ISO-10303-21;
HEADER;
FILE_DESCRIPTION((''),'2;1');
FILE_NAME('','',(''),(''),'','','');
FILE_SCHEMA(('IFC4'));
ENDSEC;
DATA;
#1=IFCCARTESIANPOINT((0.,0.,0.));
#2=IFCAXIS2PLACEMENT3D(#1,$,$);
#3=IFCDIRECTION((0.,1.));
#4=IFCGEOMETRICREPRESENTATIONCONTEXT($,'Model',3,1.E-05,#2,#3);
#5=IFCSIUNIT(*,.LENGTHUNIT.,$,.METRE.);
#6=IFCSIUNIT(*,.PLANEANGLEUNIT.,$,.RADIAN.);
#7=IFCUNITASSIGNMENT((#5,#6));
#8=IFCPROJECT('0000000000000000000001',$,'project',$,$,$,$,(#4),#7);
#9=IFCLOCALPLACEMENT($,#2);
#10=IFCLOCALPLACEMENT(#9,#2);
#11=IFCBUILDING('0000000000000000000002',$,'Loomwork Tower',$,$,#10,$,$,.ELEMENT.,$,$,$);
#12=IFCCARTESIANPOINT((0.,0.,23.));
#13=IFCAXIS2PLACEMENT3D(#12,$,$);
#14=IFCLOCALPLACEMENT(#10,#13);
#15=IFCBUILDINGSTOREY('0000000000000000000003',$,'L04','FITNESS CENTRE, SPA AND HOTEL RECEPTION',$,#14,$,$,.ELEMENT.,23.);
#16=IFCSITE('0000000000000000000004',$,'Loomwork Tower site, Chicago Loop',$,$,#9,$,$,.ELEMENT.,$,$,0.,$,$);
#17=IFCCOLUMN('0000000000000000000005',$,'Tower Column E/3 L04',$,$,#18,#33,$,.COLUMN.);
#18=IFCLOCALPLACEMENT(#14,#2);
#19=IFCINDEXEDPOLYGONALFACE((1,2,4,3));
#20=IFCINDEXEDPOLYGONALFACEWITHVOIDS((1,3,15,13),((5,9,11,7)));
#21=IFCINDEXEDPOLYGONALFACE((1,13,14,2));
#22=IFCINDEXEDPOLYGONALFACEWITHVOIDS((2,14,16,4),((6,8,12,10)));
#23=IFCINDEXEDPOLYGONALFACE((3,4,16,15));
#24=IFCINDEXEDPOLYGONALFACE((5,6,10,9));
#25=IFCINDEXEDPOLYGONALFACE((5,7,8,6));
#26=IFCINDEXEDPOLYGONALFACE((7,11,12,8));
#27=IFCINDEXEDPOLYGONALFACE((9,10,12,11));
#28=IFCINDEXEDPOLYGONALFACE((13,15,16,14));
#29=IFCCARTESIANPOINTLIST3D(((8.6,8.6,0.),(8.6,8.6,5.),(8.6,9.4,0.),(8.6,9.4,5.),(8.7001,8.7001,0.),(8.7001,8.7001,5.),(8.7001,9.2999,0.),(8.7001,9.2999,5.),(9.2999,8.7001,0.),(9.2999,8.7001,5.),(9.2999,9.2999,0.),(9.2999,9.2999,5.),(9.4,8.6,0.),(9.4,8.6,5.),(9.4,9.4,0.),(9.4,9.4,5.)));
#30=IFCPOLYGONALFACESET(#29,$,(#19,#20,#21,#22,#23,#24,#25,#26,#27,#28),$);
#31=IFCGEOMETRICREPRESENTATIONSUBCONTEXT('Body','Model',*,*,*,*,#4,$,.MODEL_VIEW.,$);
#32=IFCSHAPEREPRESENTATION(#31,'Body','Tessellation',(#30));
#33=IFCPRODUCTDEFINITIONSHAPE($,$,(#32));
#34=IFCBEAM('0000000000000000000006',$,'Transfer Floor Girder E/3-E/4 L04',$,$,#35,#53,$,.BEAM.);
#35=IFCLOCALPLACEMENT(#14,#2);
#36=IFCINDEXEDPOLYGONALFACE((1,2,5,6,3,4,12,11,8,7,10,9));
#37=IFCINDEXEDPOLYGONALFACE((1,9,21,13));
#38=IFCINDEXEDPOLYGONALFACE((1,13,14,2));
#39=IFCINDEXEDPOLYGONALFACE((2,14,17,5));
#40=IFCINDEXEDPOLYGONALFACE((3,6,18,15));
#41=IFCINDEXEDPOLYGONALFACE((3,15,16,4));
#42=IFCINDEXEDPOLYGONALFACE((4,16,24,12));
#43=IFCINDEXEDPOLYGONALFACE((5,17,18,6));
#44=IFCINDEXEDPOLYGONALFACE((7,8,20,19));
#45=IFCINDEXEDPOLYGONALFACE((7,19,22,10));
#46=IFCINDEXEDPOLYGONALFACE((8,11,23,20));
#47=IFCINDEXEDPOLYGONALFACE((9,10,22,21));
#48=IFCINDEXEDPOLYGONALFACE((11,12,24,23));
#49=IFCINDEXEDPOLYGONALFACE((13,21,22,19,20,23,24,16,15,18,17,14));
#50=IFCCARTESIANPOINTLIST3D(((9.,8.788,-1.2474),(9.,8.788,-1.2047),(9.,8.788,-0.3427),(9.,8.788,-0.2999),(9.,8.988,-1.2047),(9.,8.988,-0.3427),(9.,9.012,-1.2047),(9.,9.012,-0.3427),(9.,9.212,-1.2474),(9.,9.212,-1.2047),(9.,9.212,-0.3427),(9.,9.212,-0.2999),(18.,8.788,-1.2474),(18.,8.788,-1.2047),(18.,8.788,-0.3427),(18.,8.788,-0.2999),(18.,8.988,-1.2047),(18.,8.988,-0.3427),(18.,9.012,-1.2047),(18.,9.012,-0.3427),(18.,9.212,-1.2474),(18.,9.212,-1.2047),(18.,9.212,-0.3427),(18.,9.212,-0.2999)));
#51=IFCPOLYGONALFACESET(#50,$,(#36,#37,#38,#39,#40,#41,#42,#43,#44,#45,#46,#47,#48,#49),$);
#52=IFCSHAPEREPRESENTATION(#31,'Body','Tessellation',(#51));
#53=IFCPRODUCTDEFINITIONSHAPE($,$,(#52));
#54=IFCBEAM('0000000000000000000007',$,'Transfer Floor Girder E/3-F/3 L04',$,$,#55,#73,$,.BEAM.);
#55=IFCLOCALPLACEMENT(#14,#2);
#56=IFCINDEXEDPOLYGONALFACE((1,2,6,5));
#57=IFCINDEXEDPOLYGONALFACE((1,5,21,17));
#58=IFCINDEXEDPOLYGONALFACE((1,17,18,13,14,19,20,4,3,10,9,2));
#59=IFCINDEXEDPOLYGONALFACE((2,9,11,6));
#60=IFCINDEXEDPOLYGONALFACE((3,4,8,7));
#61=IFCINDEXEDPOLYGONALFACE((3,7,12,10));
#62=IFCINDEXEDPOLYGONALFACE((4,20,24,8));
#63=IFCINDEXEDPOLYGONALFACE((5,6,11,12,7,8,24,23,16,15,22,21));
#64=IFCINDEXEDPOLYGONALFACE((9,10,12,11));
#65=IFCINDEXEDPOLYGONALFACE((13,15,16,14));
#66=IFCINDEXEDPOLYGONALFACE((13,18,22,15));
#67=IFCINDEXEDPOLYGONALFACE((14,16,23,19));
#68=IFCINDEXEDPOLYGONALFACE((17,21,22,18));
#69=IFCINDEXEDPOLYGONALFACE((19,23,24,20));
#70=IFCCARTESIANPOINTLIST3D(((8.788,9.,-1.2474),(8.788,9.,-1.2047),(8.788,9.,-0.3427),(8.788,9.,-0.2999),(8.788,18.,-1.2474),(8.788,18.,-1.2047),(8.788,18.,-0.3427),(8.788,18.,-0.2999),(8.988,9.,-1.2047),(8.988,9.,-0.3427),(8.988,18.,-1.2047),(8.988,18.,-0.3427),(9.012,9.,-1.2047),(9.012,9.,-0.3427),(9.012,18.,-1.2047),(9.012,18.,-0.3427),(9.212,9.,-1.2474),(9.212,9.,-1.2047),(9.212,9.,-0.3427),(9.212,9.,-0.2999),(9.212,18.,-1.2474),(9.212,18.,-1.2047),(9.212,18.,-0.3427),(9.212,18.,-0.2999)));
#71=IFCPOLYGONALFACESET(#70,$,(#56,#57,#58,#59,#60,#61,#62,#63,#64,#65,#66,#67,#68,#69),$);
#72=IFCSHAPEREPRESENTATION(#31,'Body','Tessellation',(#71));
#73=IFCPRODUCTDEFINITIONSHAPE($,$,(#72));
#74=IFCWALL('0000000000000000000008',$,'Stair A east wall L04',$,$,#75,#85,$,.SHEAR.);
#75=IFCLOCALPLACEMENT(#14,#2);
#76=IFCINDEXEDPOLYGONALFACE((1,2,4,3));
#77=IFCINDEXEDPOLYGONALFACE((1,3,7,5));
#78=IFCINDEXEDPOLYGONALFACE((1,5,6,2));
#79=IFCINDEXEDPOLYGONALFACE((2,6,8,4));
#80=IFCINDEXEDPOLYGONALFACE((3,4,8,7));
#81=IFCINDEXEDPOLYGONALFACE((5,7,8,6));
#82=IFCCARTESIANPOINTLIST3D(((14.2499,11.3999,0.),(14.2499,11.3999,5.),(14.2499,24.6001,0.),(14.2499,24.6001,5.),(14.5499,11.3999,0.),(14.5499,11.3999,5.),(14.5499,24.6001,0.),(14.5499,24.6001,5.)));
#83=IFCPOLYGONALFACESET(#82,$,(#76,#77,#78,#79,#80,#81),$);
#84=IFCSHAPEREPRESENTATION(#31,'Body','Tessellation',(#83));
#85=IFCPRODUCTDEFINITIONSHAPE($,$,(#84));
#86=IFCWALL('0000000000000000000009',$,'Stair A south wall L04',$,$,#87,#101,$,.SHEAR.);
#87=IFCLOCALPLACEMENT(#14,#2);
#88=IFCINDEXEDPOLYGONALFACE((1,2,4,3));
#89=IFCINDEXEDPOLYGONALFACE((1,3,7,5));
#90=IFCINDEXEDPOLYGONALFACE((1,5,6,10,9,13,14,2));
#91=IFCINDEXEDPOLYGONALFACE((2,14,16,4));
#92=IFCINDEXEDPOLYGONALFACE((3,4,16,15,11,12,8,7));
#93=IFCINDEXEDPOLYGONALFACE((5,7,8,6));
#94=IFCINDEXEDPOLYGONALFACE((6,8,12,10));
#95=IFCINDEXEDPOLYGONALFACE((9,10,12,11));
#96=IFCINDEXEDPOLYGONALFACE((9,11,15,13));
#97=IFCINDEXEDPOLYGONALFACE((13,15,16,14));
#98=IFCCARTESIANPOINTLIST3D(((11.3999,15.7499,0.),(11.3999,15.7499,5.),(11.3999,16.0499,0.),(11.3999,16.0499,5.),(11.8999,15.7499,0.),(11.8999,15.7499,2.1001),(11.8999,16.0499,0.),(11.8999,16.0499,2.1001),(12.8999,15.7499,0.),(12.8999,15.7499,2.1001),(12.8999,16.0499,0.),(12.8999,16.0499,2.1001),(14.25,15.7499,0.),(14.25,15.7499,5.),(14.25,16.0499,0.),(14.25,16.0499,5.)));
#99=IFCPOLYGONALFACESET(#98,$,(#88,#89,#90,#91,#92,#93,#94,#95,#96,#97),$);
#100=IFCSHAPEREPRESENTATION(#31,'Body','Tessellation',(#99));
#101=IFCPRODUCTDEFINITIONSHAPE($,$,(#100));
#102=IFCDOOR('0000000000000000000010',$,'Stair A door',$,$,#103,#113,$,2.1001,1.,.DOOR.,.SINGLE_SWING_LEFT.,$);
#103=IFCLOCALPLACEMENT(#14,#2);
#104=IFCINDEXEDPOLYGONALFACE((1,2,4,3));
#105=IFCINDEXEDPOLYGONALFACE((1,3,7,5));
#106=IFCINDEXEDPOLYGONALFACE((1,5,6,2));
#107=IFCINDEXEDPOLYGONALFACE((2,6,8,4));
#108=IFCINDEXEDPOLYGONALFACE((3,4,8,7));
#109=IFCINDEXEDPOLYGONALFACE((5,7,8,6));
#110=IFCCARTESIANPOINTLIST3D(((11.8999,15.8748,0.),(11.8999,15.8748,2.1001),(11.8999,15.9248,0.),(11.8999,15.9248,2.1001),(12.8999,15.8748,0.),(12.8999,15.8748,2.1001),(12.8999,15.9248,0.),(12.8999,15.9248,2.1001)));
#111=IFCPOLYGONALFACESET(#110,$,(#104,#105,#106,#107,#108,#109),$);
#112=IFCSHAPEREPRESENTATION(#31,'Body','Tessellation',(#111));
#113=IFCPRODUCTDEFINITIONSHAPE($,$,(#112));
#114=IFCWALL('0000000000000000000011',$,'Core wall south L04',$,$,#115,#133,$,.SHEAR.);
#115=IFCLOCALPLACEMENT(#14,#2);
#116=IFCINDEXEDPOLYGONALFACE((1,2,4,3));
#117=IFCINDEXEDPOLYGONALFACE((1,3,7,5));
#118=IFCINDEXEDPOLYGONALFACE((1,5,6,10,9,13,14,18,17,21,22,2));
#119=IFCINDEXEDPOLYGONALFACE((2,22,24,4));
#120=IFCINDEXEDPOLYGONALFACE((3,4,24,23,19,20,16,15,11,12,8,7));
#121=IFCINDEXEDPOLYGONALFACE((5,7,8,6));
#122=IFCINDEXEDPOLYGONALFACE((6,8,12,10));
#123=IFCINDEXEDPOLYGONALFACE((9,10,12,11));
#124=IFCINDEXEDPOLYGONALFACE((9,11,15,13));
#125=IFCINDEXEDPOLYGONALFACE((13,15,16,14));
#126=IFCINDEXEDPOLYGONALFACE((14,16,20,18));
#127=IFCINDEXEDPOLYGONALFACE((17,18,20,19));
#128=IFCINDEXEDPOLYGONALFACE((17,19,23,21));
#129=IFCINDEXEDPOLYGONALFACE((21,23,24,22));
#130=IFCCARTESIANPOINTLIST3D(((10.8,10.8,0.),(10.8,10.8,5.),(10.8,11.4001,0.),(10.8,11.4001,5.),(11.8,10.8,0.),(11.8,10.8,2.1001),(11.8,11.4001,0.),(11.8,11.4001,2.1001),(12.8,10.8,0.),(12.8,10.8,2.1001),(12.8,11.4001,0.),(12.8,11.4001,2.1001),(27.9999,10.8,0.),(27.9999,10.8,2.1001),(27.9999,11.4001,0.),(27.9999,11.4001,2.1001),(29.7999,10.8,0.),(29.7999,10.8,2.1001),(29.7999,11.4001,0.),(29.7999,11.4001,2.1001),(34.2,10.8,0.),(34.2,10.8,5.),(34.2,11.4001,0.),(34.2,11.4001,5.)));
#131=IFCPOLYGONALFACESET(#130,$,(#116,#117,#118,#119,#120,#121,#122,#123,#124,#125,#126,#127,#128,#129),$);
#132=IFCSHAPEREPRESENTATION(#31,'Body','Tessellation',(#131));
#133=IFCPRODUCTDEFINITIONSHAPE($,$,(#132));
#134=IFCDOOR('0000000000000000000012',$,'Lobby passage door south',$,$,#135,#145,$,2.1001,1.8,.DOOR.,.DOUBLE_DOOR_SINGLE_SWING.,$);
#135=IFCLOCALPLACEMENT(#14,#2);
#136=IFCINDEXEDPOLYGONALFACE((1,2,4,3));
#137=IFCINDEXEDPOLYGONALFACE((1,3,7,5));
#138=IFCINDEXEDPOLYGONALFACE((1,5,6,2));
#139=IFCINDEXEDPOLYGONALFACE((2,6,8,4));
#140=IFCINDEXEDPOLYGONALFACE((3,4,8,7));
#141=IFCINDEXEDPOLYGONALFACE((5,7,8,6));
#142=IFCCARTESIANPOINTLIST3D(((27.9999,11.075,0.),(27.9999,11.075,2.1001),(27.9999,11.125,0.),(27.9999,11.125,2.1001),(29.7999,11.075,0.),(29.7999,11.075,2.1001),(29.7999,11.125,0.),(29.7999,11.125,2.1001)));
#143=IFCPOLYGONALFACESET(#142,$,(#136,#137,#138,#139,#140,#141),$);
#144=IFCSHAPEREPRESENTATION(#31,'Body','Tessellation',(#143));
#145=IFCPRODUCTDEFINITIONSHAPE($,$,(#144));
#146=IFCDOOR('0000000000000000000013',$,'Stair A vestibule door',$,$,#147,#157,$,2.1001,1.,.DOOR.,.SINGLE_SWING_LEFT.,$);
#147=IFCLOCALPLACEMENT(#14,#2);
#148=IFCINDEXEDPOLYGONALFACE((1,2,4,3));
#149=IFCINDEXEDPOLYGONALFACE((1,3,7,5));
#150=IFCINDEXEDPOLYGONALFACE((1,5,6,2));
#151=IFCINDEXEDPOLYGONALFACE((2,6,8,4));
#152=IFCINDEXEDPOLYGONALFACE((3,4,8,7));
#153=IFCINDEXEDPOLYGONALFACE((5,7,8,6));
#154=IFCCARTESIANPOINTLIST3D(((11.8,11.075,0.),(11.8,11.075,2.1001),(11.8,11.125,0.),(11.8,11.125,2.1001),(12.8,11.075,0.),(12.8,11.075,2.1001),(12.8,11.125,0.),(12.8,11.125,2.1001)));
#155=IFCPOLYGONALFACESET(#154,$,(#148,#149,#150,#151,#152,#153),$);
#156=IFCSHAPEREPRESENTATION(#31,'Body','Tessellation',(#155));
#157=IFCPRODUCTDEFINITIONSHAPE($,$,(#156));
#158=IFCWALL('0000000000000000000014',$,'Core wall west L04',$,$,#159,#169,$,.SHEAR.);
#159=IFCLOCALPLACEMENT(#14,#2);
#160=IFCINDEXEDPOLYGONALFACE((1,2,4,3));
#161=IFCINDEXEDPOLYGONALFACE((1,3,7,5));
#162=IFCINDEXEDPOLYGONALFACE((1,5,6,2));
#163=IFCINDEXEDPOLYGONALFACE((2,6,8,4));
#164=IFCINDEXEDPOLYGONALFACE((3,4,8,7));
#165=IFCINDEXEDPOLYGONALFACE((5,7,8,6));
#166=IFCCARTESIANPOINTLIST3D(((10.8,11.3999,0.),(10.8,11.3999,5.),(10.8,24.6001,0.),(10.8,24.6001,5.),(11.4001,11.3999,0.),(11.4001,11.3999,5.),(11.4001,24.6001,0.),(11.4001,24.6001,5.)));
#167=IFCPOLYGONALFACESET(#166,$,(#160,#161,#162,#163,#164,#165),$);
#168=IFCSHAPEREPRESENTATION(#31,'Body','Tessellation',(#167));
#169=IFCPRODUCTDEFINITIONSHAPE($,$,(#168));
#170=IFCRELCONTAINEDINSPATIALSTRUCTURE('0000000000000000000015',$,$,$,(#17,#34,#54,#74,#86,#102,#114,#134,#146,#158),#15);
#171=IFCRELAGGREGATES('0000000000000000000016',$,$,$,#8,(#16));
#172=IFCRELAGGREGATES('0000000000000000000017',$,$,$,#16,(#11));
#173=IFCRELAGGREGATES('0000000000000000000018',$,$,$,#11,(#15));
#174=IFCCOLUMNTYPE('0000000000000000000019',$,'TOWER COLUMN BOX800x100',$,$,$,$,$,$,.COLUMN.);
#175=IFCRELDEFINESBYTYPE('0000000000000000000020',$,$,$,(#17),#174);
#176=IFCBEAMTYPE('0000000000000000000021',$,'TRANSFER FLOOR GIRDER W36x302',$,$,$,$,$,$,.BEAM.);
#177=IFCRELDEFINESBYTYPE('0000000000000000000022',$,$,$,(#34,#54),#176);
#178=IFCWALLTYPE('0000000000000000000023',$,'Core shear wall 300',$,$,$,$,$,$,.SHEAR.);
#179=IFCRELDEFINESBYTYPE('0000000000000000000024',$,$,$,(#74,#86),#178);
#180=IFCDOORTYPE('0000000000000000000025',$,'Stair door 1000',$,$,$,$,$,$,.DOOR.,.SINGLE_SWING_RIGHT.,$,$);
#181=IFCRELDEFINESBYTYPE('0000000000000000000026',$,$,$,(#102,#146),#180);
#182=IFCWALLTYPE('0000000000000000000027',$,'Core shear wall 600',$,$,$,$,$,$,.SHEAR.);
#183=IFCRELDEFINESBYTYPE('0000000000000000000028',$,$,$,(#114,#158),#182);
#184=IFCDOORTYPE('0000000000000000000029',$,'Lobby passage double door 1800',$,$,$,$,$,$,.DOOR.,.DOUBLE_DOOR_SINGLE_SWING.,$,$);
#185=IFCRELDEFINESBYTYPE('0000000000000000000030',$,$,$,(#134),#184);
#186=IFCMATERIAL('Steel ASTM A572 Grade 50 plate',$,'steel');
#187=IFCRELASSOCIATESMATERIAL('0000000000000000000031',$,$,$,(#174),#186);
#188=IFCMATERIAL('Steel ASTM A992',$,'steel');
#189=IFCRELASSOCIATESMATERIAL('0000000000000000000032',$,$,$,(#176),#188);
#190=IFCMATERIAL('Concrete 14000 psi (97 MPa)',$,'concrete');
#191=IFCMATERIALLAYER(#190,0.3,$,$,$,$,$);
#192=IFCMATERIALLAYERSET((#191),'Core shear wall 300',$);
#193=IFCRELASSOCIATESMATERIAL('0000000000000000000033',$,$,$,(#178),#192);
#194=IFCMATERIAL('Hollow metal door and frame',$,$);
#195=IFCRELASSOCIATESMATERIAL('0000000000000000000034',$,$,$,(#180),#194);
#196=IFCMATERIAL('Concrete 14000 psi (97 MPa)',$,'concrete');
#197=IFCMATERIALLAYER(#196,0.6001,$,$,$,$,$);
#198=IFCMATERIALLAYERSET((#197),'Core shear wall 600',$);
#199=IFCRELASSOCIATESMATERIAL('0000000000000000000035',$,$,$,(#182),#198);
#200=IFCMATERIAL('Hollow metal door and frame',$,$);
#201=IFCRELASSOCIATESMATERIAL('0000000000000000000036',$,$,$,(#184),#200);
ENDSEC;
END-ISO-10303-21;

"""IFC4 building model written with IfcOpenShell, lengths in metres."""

from ifc_helpers import new_model, si_unit, direction, frame, frame_2d, origin, origin_2d, place, context, subcontext, project, spatial, rectangle, hollow_rectangle, i_section, extrude, material, layer, layer_set, material_profile, profile_set, type_object, element, fill, save


model = new_model("IFC4")

# Units and contexts
model_context = context("Model", 3, precision=1e-05, world=origin(), true_north=direction((0.0, 1.0)))
body_context = subcontext(model_context, "Body", "Model", "MODEL_VIEW")
ifc_project = project(units=[si_unit("LENGTHUNIT", "METRE"), si_unit("PLANEANGLEUNIT", "RADIAN")], contexts=[model_context])

# Site, building, storey
site_placement = place(None, origin())
site = spatial("IfcSite", under=ifc_project, at=site_placement, Name="Loomwork Tower site, Chicago Loop", CompositionType="ELEMENT", RefElevation=0.0)
building_placement = place(site_placement, origin())
building = spatial("IfcBuilding", under=site, at=building_placement, Name="Loomwork Tower", CompositionType="ELEMENT")
storey_placement = place(building_placement, frame((0.0, 0.0, 23.0)))
storey = spatial("IfcBuildingStorey", under=building, at=storey_placement, Name="L04", Description="FITNESS CENTRE, SPA AND HOTEL RECEPTION", CompositionType="ELEMENT", Elevation=23.0)

# Column
ifc_material_1 = material(Name="Steel ASTM A572 Grade 50 plate", Category="steel")
ifc_material_profile_1 = material_profile(ifc_material_1, hollow_rectangle(XDim=0.8, YDim=0.8, WallThickness=0.1001, at=origin_2d()), Name="BOX800x100")
ifc_profile_set_1 = profile_set([ifc_material_profile_1], Name="Steel ASTM A572 Grade 50 plate")
column_type = type_object("IfcColumnType", Name="TOWER COLUMN BOX800x100", PredefinedType="COLUMN", material=ifc_profile_set_1)
column_placement = place(storey_placement, frame((9.0, 9.0, 0.0), z_axis=(0.0, 0.0, 1.0), x_axis=(1.0, 0.0, 0.0)))
element("IfcColumn", 1, at=column_placement, inside=storey, type_object=column_type, Name="Tower Column E/3 L04", PredefinedType="COLUMN", context=body_context, shape_type="SweptSolid", body=[
    extrude(hollow_rectangle(XDim=0.8, YDim=0.8, WallThickness=0.1001, at=origin_2d()), origin(), (0.0, 0.0, 1.0), 5.0),
])

# Beams
ifc_material_2 = material(Name="Steel ASTM A992", Category="steel")
ifc_material_profile_2 = material_profile(ifc_material_2, i_section(OverallWidth=0.4241, OverallDepth=0.9475, WebThickness=0.0239, FlangeThickness=0.0427, at=origin_2d()), Name="W36x302")
ifc_profile_set_2 = profile_set([ifc_material_profile_2], Name="Steel ASTM A992")
beam_type = type_object("IfcBeamType", Name="TRANSFER FLOOR GIRDER W36x302", PredefinedType="BEAM", material=ifc_profile_set_2)
for number, where, z_axis, x_axis, name in (
    (2, (9.0, 9.0, -0.7737), (1.0, 0.0, 0.0), (0.0, 1.0, 0.0), "Transfer Floor Girder E/3-E/4 L04"),
    (3, (9.0, 9.0, -0.7737), (0.0, 1.0, 0.0), (-1.0, 0.0, 0.0), "Transfer Floor Girder E/3-F/3 L04"),
):
    element("IfcBeam", number, at=place(storey_placement, frame(where, z_axis=z_axis, x_axis=x_axis)), inside=storey, type_object=beam_type, Name=name, PredefinedType="BEAM", context=body_context, shape_type="SweptSolid", body=[
        extrude(i_section(OverallWidth=0.4241, OverallDepth=0.9475, WebThickness=0.0239, FlangeThickness=0.0427, at=origin_2d()), origin(), (0.0, 0.0, 1.0), 9.0),
    ])

# Wall
ifc_material_3 = material(Name="Concrete 14000 psi (97 MPa)", Category="concrete")
ifc_layer_1 = layer(ifc_material_3, 0.3)
ifc_layer_set_1 = layer_set([ifc_layer_1], Name="Core shear wall 300")
wall_type_1 = type_object("IfcWallType", Name="Core shear wall 300", PredefinedType="SHEAR", material=ifc_layer_set_1)
wall_1_placement = place(storey_placement, frame((14.3999, 11.3999, 0.0), z_axis=(0.0, 0.0, 1.0), x_axis=(0.0, 1.0, 0.0)))
element("IfcWall", 4, at=wall_1_placement, inside=storey, type_object=wall_type_1, Name="Stair A east wall L04", PredefinedType="SHEAR", context=body_context, shape_type="SweptSolid", body=[
    extrude(rectangle(XDim=13.2002, YDim=0.3, at=frame_2d((6.6001, 0.0))), origin(), (0.0, 0.0, 1.0), 5.0),
])

# Wall, opening, door
wall_2_placement = place(storey_placement, frame((11.3999, 15.8999, 0.0), z_axis=(0.0, 0.0, 1.0), x_axis=(1.0, 0.0, 0.0)))
wall_2 = element("IfcWall", 5, at=wall_2_placement, inside=storey, type_object=wall_type_1, Name="Stair A south wall L04", PredefinedType="SHEAR", context=body_context, shape_type="SweptSolid", body=[
    extrude(rectangle(XDim=2.8501, YDim=0.3, at=frame_2d((1.425, 0.0))), origin(), (0.0, 0.0, 1.0), 5.0),
])
opening_1_placement = place(wall_2_placement, frame((0.5, 0.0, 0.0)))
opening_1 = element("IfcOpeningElement", 6, at=opening_1_placement, cuts=wall_2, PredefinedType="OPENING", context=body_context, shape_type="SweptSolid", body=[
    extrude(rectangle(XDim=1.0, YDim=2.1001, at=frame_2d((0.5, 1.05))), frame((0.0, 0.1599, 0.0), z_axis=(0.0, -1.0, 0.0), x_axis=(1.0, 0.0, 0.0)), (0.0, 0.0, 1.0), 0.3201),
])
ifc_material_4 = material(Name="Hollow metal door and frame")
door_type_1 = type_object("IfcDoorType", Name="Stair door 1000", OperationType="SINGLE_SWING_RIGHT", PredefinedType="DOOR", material=ifc_material_4)
door_1_placement = place(opening_1_placement, origin())
door_1 = element("IfcDoor", 7, at=door_1_placement, inside=storey, type_object=door_type_1, Name="Stair A door", OperationType="SINGLE_SWING_LEFT", OverallHeight=2.1001, OverallWidth=1.0, PredefinedType="DOOR", context=body_context, shape_type="SweptSolid", body=[
    extrude(rectangle(XDim=1.0, YDim=2.1001, at=frame_2d((0.5, 1.05))), frame((0.0, 0.0249, 0.0), z_axis=(0.0, -1.0, 0.0), x_axis=(1.0, 0.0, 0.0)), (0.0, 0.0, 1.0), 0.05),
])
fill(opening_1, door_1)

# Wall, openings, doors
ifc_material_5 = material(Name="Concrete 14000 psi (97 MPa)", Category="concrete")
ifc_layer_2 = layer(ifc_material_5, 0.6001)
ifc_layer_set_2 = layer_set([ifc_layer_2], Name="Core shear wall 600")
wall_type_2 = type_object("IfcWallType", Name="Core shear wall 600", PredefinedType="SHEAR", material=ifc_layer_set_2)
wall_3_placement = place(storey_placement, frame((10.8, 11.1001, 0.0), z_axis=(0.0, 0.0, 1.0), x_axis=(1.0, 0.0, 0.0)))
wall_3 = element("IfcWall", 8, at=wall_3_placement, inside=storey, type_object=wall_type_2, Name="Core wall south L04", PredefinedType="SHEAR", context=body_context, shape_type="SweptSolid", body=[
    extrude(rectangle(XDim=23.3999, YDim=0.6001, at=frame_2d((11.7, 0.0))), origin(), (0.0, 0.0, 1.0), 5.0),
])
opening_2_placement = place(wall_3_placement, frame((1.0, 0.0, 0.0)))
opening_2 = element("IfcOpeningElement", 9, at=opening_2_placement, cuts=wall_3, PredefinedType="OPENING", context=body_context, shape_type="SweptSolid", body=[
    extrude(rectangle(XDim=1.0, YDim=2.1001, at=frame_2d((0.5, 1.05))), frame((0.0, 0.3101, 0.0), z_axis=(0.0, -1.0, 0.0), x_axis=(1.0, 0.0, 0.0)), (0.0, 0.0, 1.0), 0.6201),
])
opening_3_placement = place(wall_3_placement, frame((17.2, 0.0, 0.0)))
opening_3 = element("IfcOpeningElement", 10, at=opening_3_placement, cuts=wall_3, PredefinedType="OPENING", context=body_context, shape_type="SweptSolid", body=[
    extrude(rectangle(XDim=1.8, YDim=2.1001, at=frame_2d((0.8999, 1.05))), frame((0.0, 0.3101, 0.0), z_axis=(0.0, -1.0, 0.0), x_axis=(1.0, 0.0, 0.0)), (0.0, 0.0, 1.0), 0.6201),
])
ifc_material_6 = material(Name="Hollow metal door and frame")
door_type_2 = type_object("IfcDoorType", Name="Lobby passage double door 1800", OperationType="DOUBLE_DOOR_SINGLE_SWING", PredefinedType="DOOR", material=ifc_material_6)
door_2_placement = place(opening_3_placement, origin())
door_2 = element("IfcDoor", 11, at=door_2_placement, inside=storey, type_object=door_type_2, Name="Lobby passage door south", OperationType="DOUBLE_DOOR_SINGLE_SWING", OverallHeight=2.1001, OverallWidth=1.8, PredefinedType="DOOR", context=body_context, shape_type="SweptSolid", body=[
    extrude(rectangle(XDim=1.8, YDim=2.1001, at=frame_2d((0.8999, 1.05))), frame((0.0, 0.0249, 0.0), z_axis=(0.0, -1.0, 0.0), x_axis=(1.0, 0.0, 0.0)), (0.0, 0.0, 1.0), 0.05),
])
fill(opening_3, door_2)
door_3_placement = place(opening_2_placement, origin())
door_3 = element("IfcDoor", 12, at=door_3_placement, inside=storey, type_object=door_type_1, Name="Stair A vestibule door", OperationType="SINGLE_SWING_LEFT", OverallHeight=2.1001, OverallWidth=1.0, PredefinedType="DOOR", context=body_context, shape_type="SweptSolid", body=[
    extrude(rectangle(XDim=1.0, YDim=2.1001, at=frame_2d((0.5, 1.05))), frame((0.0, 0.0249, 0.0), z_axis=(0.0, -1.0, 0.0), x_axis=(1.0, 0.0, 0.0)), (0.0, 0.0, 1.0), 0.05),
])
fill(opening_2, door_3)

# Wall
wall_4_placement = place(storey_placement, frame((11.1001, 11.3999, 0.0), z_axis=(0.0, 0.0, 1.0), x_axis=(0.0, 1.0, 0.0)))
element("IfcWall", 13, at=wall_4_placement, inside=storey, type_object=wall_type_2, Name="Core wall west L04", PredefinedType="SHEAR", context=body_context, shape_type="SweptSolid", body=[
    extrude(rectangle(XDim=13.2002, YDim=0.6001, at=frame_2d((6.6001, 0.0))), origin(), (0.0, 0.0, 1.0), 5.0),
])

save(model, "model.ifc")
